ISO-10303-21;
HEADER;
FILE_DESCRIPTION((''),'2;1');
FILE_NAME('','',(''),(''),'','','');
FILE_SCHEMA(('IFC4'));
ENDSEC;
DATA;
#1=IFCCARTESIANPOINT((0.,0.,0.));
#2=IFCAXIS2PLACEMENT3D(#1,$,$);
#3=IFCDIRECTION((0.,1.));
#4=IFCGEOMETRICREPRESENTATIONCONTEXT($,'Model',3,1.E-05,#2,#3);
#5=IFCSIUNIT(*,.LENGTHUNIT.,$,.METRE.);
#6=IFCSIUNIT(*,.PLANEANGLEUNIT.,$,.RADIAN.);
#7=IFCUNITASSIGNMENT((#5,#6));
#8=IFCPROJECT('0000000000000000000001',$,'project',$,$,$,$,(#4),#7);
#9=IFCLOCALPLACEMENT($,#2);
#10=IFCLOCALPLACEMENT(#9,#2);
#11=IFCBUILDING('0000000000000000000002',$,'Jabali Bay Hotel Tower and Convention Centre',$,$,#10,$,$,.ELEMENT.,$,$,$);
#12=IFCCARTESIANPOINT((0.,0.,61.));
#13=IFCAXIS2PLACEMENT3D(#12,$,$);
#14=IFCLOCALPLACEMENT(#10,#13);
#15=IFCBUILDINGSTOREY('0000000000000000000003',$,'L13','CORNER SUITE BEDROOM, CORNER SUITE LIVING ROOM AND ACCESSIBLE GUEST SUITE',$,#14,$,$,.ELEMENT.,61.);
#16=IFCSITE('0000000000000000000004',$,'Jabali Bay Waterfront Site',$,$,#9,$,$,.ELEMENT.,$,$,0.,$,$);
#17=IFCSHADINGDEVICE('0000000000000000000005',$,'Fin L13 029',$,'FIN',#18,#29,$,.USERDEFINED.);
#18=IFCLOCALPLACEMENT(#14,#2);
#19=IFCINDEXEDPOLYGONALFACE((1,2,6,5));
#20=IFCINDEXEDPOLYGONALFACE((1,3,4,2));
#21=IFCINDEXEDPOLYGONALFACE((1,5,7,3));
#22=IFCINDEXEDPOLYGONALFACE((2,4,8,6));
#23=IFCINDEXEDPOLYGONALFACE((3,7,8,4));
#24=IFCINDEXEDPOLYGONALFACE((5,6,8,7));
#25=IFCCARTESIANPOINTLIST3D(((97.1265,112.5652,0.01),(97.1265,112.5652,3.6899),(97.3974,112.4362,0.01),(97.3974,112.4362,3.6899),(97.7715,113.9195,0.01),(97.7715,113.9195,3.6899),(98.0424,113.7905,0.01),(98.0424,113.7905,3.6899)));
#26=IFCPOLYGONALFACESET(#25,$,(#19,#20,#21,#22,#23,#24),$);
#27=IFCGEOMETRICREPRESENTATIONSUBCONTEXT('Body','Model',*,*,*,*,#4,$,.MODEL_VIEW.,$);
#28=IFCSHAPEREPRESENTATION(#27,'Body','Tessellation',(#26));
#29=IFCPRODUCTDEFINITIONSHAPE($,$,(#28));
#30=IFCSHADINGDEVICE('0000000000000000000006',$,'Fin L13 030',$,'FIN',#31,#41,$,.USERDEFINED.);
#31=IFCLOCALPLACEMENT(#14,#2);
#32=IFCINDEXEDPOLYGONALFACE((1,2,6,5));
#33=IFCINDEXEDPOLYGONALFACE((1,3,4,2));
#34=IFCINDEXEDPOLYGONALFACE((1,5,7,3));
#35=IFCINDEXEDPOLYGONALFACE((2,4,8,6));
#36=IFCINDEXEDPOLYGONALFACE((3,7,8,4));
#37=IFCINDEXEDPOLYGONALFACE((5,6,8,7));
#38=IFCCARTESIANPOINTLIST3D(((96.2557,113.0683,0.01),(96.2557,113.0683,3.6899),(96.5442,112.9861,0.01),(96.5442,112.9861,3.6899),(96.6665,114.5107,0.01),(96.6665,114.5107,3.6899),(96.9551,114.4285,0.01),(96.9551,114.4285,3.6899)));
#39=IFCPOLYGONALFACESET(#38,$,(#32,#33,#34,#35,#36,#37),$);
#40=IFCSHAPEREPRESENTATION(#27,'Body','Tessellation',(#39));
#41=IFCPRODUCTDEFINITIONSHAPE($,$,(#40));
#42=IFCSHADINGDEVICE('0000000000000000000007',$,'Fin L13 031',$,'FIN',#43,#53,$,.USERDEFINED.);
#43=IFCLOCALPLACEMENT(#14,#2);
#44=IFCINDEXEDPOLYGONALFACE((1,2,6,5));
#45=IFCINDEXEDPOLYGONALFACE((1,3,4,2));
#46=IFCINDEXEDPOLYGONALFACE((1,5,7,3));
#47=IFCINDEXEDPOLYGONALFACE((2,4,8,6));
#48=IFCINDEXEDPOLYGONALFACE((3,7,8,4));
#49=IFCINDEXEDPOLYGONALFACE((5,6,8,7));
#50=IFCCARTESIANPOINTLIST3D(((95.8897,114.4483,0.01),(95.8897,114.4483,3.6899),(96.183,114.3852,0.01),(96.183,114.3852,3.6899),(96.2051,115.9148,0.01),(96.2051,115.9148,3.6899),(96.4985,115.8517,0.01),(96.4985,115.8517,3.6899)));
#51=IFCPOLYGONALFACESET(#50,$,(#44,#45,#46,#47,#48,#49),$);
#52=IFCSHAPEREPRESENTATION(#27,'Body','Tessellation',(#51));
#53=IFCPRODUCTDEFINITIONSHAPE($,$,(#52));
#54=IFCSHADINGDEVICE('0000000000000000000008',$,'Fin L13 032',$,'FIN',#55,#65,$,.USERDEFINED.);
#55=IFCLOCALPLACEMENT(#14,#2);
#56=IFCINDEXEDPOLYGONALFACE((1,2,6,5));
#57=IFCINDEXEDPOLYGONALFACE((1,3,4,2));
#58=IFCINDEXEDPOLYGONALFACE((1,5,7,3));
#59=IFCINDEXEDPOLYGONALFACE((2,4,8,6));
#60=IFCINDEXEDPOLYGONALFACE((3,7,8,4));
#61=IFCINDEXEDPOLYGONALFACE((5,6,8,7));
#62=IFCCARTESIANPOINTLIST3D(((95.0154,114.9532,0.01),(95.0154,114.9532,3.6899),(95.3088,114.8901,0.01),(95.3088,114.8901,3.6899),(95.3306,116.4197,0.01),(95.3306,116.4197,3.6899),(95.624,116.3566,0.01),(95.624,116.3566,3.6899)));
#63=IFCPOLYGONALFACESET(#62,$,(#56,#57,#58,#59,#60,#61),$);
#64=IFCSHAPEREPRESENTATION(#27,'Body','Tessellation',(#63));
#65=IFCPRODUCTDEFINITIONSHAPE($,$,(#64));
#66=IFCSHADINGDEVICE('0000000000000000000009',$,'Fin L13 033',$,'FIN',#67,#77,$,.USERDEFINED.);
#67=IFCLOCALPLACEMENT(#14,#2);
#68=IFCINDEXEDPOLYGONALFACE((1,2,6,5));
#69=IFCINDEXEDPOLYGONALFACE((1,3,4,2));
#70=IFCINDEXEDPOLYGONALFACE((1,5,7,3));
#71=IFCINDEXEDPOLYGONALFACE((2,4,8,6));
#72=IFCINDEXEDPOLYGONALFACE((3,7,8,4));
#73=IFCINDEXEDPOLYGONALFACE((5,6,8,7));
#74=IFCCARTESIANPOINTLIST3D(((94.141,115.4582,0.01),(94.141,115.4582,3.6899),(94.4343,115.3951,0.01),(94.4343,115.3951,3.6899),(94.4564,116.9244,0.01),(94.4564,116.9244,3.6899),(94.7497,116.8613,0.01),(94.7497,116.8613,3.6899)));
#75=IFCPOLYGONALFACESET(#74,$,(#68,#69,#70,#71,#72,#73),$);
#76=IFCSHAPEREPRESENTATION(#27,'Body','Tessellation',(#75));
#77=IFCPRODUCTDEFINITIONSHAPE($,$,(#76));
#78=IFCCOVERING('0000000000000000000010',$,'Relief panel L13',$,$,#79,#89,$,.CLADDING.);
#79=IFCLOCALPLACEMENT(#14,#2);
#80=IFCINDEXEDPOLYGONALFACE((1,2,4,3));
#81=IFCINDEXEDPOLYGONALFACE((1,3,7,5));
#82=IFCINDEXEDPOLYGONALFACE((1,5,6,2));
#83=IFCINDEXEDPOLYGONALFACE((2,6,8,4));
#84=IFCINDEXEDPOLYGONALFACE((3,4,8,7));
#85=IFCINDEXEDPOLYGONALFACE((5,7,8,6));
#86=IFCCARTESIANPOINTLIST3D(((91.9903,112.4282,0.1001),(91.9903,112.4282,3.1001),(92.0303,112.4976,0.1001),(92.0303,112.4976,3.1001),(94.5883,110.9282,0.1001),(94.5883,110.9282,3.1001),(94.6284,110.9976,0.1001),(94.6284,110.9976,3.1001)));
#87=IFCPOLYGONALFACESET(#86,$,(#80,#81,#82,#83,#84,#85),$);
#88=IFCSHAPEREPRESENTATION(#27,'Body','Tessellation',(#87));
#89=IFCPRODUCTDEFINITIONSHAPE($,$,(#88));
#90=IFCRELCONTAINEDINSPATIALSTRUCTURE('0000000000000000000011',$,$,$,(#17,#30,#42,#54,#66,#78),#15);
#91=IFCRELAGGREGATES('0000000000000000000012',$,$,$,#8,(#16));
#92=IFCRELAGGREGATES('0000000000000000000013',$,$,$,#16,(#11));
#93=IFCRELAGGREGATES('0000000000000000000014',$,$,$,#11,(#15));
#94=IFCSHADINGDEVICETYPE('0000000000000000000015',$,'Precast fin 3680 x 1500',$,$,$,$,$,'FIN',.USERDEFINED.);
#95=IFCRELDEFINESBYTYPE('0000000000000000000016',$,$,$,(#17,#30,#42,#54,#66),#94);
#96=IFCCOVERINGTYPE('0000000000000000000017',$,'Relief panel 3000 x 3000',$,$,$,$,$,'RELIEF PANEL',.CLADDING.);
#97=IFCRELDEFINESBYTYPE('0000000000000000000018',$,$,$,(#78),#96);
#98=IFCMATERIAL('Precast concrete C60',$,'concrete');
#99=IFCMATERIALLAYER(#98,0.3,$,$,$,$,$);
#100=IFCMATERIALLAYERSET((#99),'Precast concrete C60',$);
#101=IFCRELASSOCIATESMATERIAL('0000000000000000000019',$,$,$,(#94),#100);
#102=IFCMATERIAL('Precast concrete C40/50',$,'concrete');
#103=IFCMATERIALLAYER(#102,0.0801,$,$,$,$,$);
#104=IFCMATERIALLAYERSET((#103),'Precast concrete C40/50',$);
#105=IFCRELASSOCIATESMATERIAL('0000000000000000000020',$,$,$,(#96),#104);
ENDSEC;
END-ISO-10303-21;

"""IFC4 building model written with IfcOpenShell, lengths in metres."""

from ifc_helpers import new_model, si_unit, direction, frame, frame_2d, origin, origin_2d, place, context, subcontext, project, spatial, rectangle, extrude, material, layer, layer_set, type_object, element, save


model = new_model("IFC4")

# Units and contexts
model_context = context("Model", 3, precision=1e-05, world=origin(), true_north=direction((0.0, 1.0)))
body_context = subcontext(model_context, "Body", "Model", "MODEL_VIEW")
ifc_project = project(units=[si_unit("LENGTHUNIT", "METRE"), si_unit("PLANEANGLEUNIT", "RADIAN")], contexts=[model_context])

# Site, building, storey
site_placement = place(None, origin())
site = spatial("IfcSite", under=ifc_project, at=site_placement, Name="Jabali Bay Waterfront Site", CompositionType="ELEMENT", RefElevation=0.0)
building_placement = place(site_placement, origin())
building = spatial("IfcBuilding", under=site, at=building_placement, Name="Jabali Bay Hotel Tower and Convention Centre", CompositionType="ELEMENT")
storey_placement = place(building_placement, frame((0.0, 0.0, 61.0)))
storey = spatial("IfcBuildingStorey", under=building, at=storey_placement, Name="L13", Description="CORNER SUITE BEDROOM, CORNER SUITE LIVING ROOM AND ACCESSIBLE GUEST SUITE", CompositionType="ELEMENT", Elevation=61.0)

# Shading devices
ifc_material_1 = material(Name="Precast concrete C60", Category="concrete")
ifc_layer_1 = layer(ifc_material_1, 0.3)
ifc_layer_set_1 = layer_set([ifc_layer_1], Name="Precast concrete C60")
shading_device_type_1 = type_object("IfcShadingDeviceType", Name="Precast fin 3680 x 1500", ElementType="FIN", PredefinedType="USERDEFINED", material=ifc_layer_set_1)
shading_device_1_placement = place(storey_placement, frame((97.262, 112.5007, 0.01), z_axis=(0.0, 0.0, 1.0), x_axis=(0.430009, 0.902824, 0.0)))
element("IfcShadingDevice", 1, at=shading_device_1_placement, inside=storey, type_object=shading_device_type_1, Name="Fin L13 029", ObjectType="FIN", PredefinedType="USERDEFINED", context=body_context, shape_type="SweptSolid", body=[
    extrude(rectangle(XDim=1.5, YDim=0.3, at=frame_2d((0.75, 0.0))), origin(), (0.0, 0.0, 1.0), 3.6799),
])
shading_device_2_placement = place(storey_placement, frame((96.3999, 113.0271, 0.01), z_axis=(0.0, 0.0, 1.0), x_axis=(0.273969, 0.961739, 0.0)))
element("IfcShadingDevice", 2, at=shading_device_2_placement, inside=storey, type_object=shading_device_type_1, Name="Fin L13 030", ObjectType="FIN", PredefinedType="USERDEFINED", context=body_context, shape_type="SweptSolid", body=[
    extrude(rectangle(XDim=1.4998, YDim=0.3, at=frame_2d((0.75, 0.0))), origin(), (0.0, 0.0, 1.0), 3.6799),
])
for number, where, z_axis, x_axis, name in (
    (3, (96.0364, 114.4167, 0.01), (0.0, 0.0, 1.0), (0.210274, 0.977643, 0.0), "Fin L13 031"),
    (4, (95.1621, 114.9216, 0.01), (0.0, 0.0, 1.0), (0.210118, 0.977676, 0.0), "Fin L13 032"),
):
    element("IfcShadingDevice", number, at=place(storey_placement, frame(where, z_axis=z_axis, x_axis=x_axis)), inside=storey, type_object=shading_device_type_1, Name=name, ObjectType="FIN", PredefinedType="USERDEFINED", context=body_context, shape_type="SweptSolid", body=[
        extrude(rectangle(XDim=1.5, YDim=0.3, at=frame_2d((0.75, 0.0))), origin(), (0.0, 0.0, 1.0), 3.6799),
    ])
shading_device_3_placement = place(storey_placement, frame((94.2876, 115.4265, 0.01), z_axis=(0.0, 0.0, 1.0), x_axis=(0.210307, 0.977635, 0.0)))
element("IfcShadingDevice", 5, at=shading_device_3_placement, inside=storey, type_object=shading_device_type_1, Name="Fin L13 033", ObjectType="FIN", PredefinedType="USERDEFINED", context=body_context, shape_type="SweptSolid", body=[
    extrude(rectangle(XDim=1.4998, YDim=0.3, at=frame_2d((0.75, 0.0))), origin(), (0.0, 0.0, 1.0), 3.6799),
])

# Covering
ifc_material_2 = material(Name="Precast concrete C40/50", Category="concrete")
ifc_layer_2 = layer(ifc_material_2, 0.0801)
ifc_layer_set_2 = layer_set([ifc_layer_2], Name="Precast concrete C40/50")
covering_type = type_object("IfcCoveringType", Name="Relief panel 3000 x 3000", ElementType="RELIEF PANEL", PredefinedType="CLADDING", material=ifc_layer_set_2)
covering_placement = place(storey_placement, frame((93.3093, 111.7129, 0.1001), z_axis=(0.0, 0.0, 1.0), x_axis=(0.866025, -0.5, 0.0)))
element("IfcCovering", 6, at=covering_placement, inside=storey, type_object=covering_type, Name="Relief panel L13", PredefinedType="CLADDING", context=body_context, shape_type="SweptSolid", body=[
    extrude(rectangle(XDim=3.0, YDim=0.0801, at=origin_2d()), origin(), (0.0, 0.0, 1.0), 3.0),
])

save(model, "model.ifc")
